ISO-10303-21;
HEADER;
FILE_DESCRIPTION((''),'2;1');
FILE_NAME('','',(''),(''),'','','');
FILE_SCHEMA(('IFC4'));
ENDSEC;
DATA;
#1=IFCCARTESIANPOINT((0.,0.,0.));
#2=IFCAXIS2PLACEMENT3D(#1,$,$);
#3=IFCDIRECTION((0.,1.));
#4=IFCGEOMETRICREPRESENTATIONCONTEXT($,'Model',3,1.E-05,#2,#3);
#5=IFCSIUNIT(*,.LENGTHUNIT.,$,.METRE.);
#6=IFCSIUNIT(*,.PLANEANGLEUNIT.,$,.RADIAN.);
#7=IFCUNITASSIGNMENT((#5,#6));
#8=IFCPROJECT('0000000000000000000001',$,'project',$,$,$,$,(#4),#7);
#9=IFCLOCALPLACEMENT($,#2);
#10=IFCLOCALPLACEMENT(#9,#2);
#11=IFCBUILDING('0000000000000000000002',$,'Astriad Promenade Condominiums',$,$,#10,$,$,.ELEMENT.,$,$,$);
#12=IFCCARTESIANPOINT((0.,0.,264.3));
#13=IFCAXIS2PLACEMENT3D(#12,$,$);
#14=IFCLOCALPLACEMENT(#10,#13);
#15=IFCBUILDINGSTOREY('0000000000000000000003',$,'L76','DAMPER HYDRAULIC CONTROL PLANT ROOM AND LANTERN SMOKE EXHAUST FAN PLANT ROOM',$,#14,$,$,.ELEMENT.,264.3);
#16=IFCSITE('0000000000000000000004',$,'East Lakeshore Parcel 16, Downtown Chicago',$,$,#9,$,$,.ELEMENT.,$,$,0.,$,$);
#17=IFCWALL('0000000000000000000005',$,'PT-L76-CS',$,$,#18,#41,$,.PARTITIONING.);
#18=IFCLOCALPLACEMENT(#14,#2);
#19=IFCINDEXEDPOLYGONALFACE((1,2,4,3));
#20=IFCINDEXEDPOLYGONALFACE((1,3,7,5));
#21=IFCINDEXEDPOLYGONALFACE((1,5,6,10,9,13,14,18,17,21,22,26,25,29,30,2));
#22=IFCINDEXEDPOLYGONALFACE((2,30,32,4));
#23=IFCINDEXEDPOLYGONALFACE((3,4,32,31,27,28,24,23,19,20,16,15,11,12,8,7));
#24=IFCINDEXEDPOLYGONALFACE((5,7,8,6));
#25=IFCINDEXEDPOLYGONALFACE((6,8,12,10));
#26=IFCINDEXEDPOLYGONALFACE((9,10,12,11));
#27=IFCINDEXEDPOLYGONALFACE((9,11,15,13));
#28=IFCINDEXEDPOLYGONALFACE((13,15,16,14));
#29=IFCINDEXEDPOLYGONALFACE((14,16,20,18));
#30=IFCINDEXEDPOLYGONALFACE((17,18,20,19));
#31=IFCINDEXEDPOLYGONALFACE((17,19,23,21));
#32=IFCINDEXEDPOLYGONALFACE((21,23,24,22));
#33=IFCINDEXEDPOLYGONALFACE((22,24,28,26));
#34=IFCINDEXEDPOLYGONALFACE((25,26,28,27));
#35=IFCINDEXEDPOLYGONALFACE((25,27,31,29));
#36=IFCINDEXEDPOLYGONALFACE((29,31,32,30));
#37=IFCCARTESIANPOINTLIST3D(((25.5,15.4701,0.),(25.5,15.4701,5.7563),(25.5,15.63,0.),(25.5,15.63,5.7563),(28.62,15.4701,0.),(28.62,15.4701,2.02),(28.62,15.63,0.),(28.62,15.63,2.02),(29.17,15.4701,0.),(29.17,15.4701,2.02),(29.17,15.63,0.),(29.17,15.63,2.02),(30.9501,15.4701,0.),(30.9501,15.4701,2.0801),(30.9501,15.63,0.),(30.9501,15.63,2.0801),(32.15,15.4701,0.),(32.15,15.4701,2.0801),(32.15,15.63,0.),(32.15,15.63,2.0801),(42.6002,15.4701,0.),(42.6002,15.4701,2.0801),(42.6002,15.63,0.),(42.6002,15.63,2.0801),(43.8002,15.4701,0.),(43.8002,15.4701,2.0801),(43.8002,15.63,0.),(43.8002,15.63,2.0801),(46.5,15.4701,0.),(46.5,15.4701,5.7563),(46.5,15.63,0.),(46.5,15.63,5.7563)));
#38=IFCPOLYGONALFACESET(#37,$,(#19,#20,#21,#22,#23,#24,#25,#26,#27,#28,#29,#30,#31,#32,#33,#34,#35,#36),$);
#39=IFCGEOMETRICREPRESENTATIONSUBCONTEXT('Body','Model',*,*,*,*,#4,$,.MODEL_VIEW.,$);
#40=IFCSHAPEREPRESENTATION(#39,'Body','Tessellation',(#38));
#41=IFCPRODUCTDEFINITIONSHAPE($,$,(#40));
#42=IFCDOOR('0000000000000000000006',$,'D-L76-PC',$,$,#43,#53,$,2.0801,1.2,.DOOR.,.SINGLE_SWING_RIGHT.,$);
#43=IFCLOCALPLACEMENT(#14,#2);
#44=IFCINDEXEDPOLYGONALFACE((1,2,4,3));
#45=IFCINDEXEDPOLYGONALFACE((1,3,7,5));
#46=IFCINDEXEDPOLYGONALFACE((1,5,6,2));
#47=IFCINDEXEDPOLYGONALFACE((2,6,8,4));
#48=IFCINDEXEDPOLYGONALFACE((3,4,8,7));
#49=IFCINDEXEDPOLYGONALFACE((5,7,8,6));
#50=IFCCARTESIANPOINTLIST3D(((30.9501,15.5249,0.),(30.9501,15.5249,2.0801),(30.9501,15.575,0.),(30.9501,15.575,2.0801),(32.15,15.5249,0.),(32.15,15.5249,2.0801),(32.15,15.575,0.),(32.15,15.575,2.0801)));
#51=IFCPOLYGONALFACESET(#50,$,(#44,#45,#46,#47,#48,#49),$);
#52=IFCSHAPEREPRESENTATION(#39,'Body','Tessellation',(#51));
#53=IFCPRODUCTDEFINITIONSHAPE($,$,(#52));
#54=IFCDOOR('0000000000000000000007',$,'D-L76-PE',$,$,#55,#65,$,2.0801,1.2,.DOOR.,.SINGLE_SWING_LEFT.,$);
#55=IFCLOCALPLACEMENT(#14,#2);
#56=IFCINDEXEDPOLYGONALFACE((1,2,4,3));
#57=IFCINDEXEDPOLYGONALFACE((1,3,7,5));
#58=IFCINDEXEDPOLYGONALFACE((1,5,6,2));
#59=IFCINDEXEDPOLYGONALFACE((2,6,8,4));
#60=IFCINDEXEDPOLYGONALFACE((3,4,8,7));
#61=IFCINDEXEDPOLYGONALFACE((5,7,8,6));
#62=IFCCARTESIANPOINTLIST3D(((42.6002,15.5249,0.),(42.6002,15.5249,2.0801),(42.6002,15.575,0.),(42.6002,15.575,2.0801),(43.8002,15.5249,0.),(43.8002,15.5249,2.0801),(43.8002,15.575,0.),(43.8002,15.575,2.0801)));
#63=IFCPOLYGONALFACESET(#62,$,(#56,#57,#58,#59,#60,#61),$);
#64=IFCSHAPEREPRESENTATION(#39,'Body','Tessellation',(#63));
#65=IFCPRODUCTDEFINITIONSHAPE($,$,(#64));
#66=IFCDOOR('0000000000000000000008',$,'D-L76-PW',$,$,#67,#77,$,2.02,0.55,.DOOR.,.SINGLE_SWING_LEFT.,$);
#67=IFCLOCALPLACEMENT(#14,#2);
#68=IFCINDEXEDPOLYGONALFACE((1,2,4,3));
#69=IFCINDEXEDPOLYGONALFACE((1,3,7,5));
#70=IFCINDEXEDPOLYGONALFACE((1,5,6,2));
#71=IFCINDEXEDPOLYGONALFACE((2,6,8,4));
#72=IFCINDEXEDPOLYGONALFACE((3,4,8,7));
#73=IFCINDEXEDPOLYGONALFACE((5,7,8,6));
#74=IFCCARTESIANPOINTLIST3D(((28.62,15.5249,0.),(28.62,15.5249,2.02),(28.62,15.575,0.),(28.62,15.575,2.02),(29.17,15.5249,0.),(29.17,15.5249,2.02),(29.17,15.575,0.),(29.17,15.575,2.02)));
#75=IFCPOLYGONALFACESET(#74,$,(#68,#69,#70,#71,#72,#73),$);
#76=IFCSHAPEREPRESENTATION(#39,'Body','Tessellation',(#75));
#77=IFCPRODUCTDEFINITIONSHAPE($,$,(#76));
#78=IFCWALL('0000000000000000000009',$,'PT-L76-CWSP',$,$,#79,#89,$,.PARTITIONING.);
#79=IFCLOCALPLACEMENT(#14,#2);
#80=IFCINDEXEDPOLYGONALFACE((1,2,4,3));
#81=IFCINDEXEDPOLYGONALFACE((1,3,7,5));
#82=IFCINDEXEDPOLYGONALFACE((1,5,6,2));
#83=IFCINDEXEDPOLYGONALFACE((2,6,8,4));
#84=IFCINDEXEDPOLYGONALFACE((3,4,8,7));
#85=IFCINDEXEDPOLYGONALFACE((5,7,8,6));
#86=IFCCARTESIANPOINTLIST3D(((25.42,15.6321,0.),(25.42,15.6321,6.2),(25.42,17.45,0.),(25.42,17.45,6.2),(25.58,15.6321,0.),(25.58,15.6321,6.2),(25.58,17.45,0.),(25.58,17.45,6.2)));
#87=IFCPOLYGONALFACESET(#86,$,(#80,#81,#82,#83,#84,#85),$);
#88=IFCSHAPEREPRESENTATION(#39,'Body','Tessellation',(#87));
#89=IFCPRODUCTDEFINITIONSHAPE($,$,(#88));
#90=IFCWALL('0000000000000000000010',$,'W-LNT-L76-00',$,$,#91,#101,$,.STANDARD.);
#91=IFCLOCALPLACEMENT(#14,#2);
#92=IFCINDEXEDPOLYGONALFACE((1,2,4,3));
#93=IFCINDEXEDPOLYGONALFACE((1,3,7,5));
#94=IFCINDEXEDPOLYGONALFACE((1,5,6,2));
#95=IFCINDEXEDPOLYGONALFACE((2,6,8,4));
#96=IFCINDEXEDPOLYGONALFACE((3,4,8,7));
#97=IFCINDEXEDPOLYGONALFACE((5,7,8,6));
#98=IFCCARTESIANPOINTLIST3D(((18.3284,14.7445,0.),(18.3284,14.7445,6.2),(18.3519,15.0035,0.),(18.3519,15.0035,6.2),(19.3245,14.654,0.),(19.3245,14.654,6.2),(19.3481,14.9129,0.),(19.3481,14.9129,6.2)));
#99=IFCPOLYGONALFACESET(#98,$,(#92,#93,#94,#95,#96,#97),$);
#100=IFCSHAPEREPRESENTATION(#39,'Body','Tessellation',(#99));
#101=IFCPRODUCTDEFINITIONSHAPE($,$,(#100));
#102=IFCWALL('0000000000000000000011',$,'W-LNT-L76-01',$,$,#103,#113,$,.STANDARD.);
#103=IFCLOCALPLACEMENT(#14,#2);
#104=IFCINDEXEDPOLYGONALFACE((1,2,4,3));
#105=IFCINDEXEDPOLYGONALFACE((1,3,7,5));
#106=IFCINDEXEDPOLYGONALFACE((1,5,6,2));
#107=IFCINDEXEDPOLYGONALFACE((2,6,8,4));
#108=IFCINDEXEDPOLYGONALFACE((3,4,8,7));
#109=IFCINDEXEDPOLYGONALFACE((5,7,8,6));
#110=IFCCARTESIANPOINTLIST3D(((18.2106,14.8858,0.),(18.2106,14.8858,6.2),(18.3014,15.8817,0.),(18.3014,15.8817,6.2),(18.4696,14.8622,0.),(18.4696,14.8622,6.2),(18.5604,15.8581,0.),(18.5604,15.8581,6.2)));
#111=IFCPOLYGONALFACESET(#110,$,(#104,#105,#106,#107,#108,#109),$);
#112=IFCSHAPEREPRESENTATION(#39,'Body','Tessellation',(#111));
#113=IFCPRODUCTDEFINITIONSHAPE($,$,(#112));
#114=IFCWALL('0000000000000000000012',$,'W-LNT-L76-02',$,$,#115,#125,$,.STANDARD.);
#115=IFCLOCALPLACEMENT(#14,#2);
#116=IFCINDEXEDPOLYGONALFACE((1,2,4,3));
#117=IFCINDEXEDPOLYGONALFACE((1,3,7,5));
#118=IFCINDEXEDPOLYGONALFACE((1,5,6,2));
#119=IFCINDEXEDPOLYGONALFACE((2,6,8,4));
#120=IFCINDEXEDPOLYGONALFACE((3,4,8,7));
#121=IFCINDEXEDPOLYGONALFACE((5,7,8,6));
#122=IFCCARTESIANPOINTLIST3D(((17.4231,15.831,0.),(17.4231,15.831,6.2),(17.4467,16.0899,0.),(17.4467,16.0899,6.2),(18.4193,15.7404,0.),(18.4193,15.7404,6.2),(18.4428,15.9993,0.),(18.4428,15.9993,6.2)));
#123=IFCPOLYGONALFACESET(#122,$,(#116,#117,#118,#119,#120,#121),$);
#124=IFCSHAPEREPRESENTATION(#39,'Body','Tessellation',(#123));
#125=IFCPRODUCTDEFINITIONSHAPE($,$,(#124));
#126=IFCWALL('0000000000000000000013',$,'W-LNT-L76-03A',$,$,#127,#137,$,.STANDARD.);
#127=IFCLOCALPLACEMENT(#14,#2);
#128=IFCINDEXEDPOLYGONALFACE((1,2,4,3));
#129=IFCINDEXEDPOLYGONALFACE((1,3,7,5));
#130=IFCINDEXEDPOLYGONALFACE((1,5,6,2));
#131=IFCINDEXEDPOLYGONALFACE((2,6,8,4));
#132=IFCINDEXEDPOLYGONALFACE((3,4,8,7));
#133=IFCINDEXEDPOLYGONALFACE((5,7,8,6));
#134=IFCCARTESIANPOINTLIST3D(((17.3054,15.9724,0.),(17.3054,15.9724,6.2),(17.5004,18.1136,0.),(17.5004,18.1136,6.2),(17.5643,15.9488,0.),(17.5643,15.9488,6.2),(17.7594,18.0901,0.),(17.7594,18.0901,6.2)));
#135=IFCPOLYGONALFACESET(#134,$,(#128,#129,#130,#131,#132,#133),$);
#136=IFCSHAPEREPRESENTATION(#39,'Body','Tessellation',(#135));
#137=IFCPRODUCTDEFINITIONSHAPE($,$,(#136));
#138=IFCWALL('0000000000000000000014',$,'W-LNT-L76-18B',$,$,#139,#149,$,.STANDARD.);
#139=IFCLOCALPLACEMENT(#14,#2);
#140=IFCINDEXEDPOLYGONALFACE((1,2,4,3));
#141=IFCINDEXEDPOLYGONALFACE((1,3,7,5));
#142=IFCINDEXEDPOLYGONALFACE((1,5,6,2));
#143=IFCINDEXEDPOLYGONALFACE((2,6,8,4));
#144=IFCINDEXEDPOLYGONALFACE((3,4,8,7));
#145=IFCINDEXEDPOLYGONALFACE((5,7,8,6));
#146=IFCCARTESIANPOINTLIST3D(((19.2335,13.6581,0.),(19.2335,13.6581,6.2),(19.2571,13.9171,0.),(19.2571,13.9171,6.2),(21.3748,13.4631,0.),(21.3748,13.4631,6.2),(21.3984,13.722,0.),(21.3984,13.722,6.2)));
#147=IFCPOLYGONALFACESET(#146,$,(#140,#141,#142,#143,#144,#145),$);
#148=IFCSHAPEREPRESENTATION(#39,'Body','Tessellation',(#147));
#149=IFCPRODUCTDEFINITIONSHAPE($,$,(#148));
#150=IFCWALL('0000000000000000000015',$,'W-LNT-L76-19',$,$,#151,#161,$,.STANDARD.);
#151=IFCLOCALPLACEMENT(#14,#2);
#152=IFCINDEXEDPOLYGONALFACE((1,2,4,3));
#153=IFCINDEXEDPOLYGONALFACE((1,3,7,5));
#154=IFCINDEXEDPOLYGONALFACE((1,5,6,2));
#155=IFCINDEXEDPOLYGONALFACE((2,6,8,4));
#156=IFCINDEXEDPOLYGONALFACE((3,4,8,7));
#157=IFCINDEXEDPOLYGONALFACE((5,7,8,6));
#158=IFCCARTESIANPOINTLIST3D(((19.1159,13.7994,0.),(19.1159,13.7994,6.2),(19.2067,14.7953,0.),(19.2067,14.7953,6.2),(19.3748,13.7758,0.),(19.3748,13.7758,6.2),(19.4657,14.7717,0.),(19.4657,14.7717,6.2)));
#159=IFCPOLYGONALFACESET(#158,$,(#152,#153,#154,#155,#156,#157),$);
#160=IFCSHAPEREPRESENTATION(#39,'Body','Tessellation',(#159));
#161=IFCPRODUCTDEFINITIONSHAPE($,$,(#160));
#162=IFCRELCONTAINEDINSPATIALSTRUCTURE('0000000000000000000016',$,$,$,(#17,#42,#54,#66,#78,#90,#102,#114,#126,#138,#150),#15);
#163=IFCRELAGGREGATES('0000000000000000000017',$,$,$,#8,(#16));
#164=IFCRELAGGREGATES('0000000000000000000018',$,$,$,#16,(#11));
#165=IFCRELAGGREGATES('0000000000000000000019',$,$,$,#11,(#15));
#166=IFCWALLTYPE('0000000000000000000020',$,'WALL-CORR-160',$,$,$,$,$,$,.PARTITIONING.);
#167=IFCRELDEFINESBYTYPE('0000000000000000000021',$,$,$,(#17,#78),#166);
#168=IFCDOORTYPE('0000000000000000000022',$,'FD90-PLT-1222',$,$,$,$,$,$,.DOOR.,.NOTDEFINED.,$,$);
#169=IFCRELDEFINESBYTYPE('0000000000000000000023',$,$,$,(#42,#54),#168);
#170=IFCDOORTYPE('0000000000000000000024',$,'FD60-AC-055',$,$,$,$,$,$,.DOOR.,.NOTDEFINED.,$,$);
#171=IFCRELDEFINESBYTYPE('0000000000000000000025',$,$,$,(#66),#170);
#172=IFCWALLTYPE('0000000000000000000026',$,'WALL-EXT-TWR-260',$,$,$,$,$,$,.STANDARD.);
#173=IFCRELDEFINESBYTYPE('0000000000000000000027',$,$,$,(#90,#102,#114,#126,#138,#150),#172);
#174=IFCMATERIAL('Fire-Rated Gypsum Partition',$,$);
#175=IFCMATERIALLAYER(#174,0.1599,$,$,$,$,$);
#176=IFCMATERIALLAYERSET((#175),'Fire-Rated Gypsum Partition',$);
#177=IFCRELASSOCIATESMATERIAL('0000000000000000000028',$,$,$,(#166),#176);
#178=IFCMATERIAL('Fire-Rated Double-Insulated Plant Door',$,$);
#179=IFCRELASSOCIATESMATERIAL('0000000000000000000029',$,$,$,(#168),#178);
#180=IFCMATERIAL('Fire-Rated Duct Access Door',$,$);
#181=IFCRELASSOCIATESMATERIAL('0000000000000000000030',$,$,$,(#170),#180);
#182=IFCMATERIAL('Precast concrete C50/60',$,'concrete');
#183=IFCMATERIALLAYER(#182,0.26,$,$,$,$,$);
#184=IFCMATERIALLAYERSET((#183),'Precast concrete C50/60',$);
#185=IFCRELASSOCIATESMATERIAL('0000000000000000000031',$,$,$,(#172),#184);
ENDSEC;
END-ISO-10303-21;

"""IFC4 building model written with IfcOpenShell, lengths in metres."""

from ifc_helpers import new_model, si_unit, direction, frame, frame_2d, origin, place, context, subcontext, project, spatial, rectangle, extrude, source, transform, mapped, material, layer, layer_set, type_object, type_shapes, element, fill, save


model = new_model("IFC4")

# Units and contexts
model_context = context("Model", 3, precision=1e-05, world=origin(), true_north=direction((0.0, 1.0)))
body_context = subcontext(model_context, "Body", "Model", "MODEL_VIEW")
ifc_project = project(units=[si_unit("LENGTHUNIT", "METRE"), si_unit("PLANEANGLEUNIT", "RADIAN")], contexts=[model_context])

# Site, building, storey
site_placement = place(None, origin())
site = spatial("IfcSite", under=ifc_project, at=site_placement, Name="East Lakeshore Parcel 16, Downtown Chicago", CompositionType="ELEMENT", RefElevation=0.0)
building_placement = place(site_placement, origin())
building = spatial("IfcBuilding", under=site, at=building_placement, Name="Astriad Promenade Condominiums", CompositionType="ELEMENT")
storey_placement = place(building_placement, frame((0.0, 0.0, 264.3)))
storey = spatial("IfcBuildingStorey", under=building, at=storey_placement, Name="L76", Description="DAMPER HYDRAULIC CONTROL PLANT ROOM AND LANTERN SMOKE EXHAUST FAN PLANT ROOM", CompositionType="ELEMENT", Elevation=264.3)

# Wall, openings, doors
ifc_material_1 = material(Name="Fire-Rated Gypsum Partition")
ifc_layer_1 = layer(ifc_material_1, 0.1599)
ifc_layer_set_1 = layer_set([ifc_layer_1], Name="Fire-Rated Gypsum Partition")
wall_type_1 = type_object("IfcWallType", Name="WALL-CORR-160", PredefinedType="PARTITIONING", material=ifc_layer_set_1)
wall_1_placement = place(storey_placement, frame((25.5, 15.55, 0.0), z_axis=(0.0, 0.0, 1.0), x_axis=(1.0, 0.0, 0.0)))
wall_1 = element("IfcWall", 1, at=wall_1_placement, inside=storey, type_object=wall_type_1, Name="PT-L76-CS", PredefinedType="PARTITIONING", context=body_context, shape_type="SweptSolid", body=[
    extrude(rectangle(XDim=21.0, YDim=0.1599, at=frame_2d((10.5, 0.0))), origin(), (0.0, 0.0, 1.0), 5.7563),
])
opening_1_placement = place(wall_1_placement, frame((3.1201, 0.0, 0.0)))
opening_1 = element("IfcOpeningElement", 2, at=opening_1_placement, cuts=wall_1, PredefinedType="OPENING", context=body_context, shape_type="SweptSolid", body=[
    extrude(rectangle(XDim=0.55, YDim=2.02, at=frame_2d((0.2749, 1.01))), frame((0.0, 0.0898, 0.0), z_axis=(0.0, -1.0, 0.0), x_axis=(1.0, 0.0, 0.0)), (0.0, 0.0, 1.0), 0.1799),
])
opening_2_placement = place(wall_1_placement, frame((5.45, 0.0, 0.0)))
opening_2 = element("IfcOpeningElement", 3, at=opening_2_placement, cuts=wall_1, PredefinedType="OPENING", context=body_context, shape_type="SweptSolid", body=[
    extrude(rectangle(XDim=1.2, YDim=2.0801, at=frame_2d((0.6001, 1.04))), frame((0.0, 0.0898, 0.0), z_axis=(0.0, -1.0, 0.0), x_axis=(1.0, 0.0, 0.0)), (0.0, 0.0, 1.0), 0.1799),
])
opening_3_placement = place(wall_1_placement, frame((17.1001, 0.0, 0.0)))
opening_3 = element("IfcOpeningElement", 4, at=opening_3_placement, cuts=wall_1, PredefinedType="OPENING", context=body_context, shape_type="SweptSolid", body=[
    extrude(rectangle(XDim=1.2, YDim=2.0801, at=frame_2d((0.6001, 1.04))), frame((0.0, 0.0898, 0.0), z_axis=(0.0, -1.0, 0.0), x_axis=(1.0, 0.0, 0.0)), (0.0, 0.0, 1.0), 0.1799),
])
ifc_material_2 = material(Name="Fire-Rated Double-Insulated Plant Door")
door_type_1 = type_object("IfcDoorType", Name="FD90-PLT-1222", OperationType="NOTDEFINED", PredefinedType="DOOR", material=ifc_material_2)
shared_shape_1 = source(origin(), body_context, "Body", "SweptSolid", [
    extrude(rectangle(XDim=1.2, YDim=2.0801, at=frame_2d((0.6001, 1.04))), frame((0.0, 0.0249, 0.0), z_axis=(0.0, -1.0, 0.0), x_axis=(1.0, 0.0, 0.0)), (0.0, 0.0, 1.0), 0.05),
])
type_shapes(door_type_1, [shared_shape_1])
door_1_placement = place(opening_2_placement, origin())
door_1 = element("IfcDoor", 5, at=door_1_placement, inside=storey, type_object=door_type_1, Name="D-L76-PC", OperationType="SINGLE_SWING_RIGHT", OverallHeight=2.0801, OverallWidth=1.2, PredefinedType="DOOR", context=body_context, shape_type="MappedRepresentation", body=[
    mapped(shared_shape_1, transform((0.0, 0.0, 0.0), scale=1.0)),
])
fill(opening_2, door_1)
door_2_placement = place(opening_3_placement, origin())
door_2 = element("IfcDoor", 6, at=door_2_placement, inside=storey, type_object=door_type_1, Name="D-L76-PE", OperationType="SINGLE_SWING_LEFT", OverallHeight=2.0801, OverallWidth=1.2, PredefinedType="DOOR", context=body_context, shape_type="MappedRepresentation", body=[
    mapped(shared_shape_1, transform((0.0, 0.0, 0.0), scale=1.0)),
])
fill(opening_3, door_2)
ifc_material_3 = material(Name="Fire-Rated Duct Access Door")
door_type_2 = type_object("IfcDoorType", Name="FD60-AC-055", OperationType="NOTDEFINED", PredefinedType="DOOR", material=ifc_material_3)
shared_shape_2 = source(origin(), body_context, "Body", "SweptSolid", [
    extrude(rectangle(XDim=0.55, YDim=2.02, at=frame_2d((0.2749, 1.01))), frame((0.0, 0.0249, 0.0), z_axis=(0.0, -1.0, 0.0), x_axis=(1.0, 0.0, 0.0)), (0.0, 0.0, 1.0), 0.05),
])
type_shapes(door_type_2, [shared_shape_2])
door_3_placement = place(opening_1_placement, origin())
door_3 = element("IfcDoor", 7, at=door_3_placement, inside=storey, type_object=door_type_2, Name="D-L76-PW", OperationType="SINGLE_SWING_LEFT", OverallHeight=2.02, OverallWidth=0.55, PredefinedType="DOOR", context=body_context, shape_type="MappedRepresentation", body=[
    mapped(shared_shape_2, transform((0.0, 0.0, 0.0), scale=1.0)),
])
fill(opening_1, door_3)

# Walls
wall_2_placement = place(storey_placement, frame((25.5, 15.6321, 0.0), z_axis=(0.0, 0.0, 1.0), x_axis=(0.0, 1.0, 0.0)))
element("IfcWall", 8, at=wall_2_placement, inside=storey, type_object=wall_type_1, Name="PT-L76-CWSP", PredefinedType="PARTITIONING", context=body_context, shape_type="SweptSolid", body=[
    extrude(rectangle(XDim=1.8179, YDim=0.1599, at=frame_2d((0.9089, 0.0))), origin(), (0.0, 0.0, 1.0), 6.2),
])
ifc_material_4 = material(Name="Precast concrete C50/60", Category="concrete")
ifc_layer_2 = layer(ifc_material_4, 0.26)
ifc_layer_set_2 = layer_set([ifc_layer_2], Name="Precast concrete C50/60")
wall_type_2 = type_object("IfcWallType", Name="WALL-EXT-TWR-260", PredefinedType="STANDARD", material=ifc_layer_set_2)
wall_3_placement = place(storey_placement, frame((19.3362, 14.7834, 0.0), z_axis=(0.0, 0.0, 1.0), x_axis=(-0.995891, 0.090558, 0.0)))
element("IfcWall", 9, at=wall_3_placement, inside=storey, type_object=wall_type_2, Name="W-LNT-L76-00", PredefinedType="STANDARD", context=body_context, shape_type="SweptSolid", body=[
    extrude(rectangle(XDim=1.0002, YDim=0.26, at=frame_2d((0.5, 0.0))), origin(), (0.0, 0.0, 1.0), 6.2),
])
wall_4_placement = place(storey_placement, frame((18.3401, 14.874, 0.0), z_axis=(0.0, 0.0, 1.0), x_axis=(0.090822, 0.995867, 0.0)))
element("IfcWall", 10, at=wall_4_placement, inside=storey, type_object=wall_type_2, Name="W-LNT-L76-01", PredefinedType="STANDARD", context=body_context, shape_type="SweptSolid", body=[
    extrude(rectangle(XDim=1.0, YDim=0.26, at=frame_2d((0.5, 0.0))), origin(), (0.0, 0.0, 1.0), 6.2),
])
wall_5_placement = place(storey_placement, frame((18.4309, 15.8699, 0.0), z_axis=(0.0, 0.0, 1.0), x_axis=(-0.995891, 0.090558, 0.0)))
element("IfcWall", 11, at=wall_5_placement, inside=storey, type_object=wall_type_2, Name="W-LNT-L76-02", PredefinedType="STANDARD", context=body_context, shape_type="SweptSolid", body=[
    extrude(rectangle(XDim=1.0002, YDim=0.26, at=frame_2d((0.5, 0.0))), origin(), (0.0, 0.0, 1.0), 6.2),
])
for number, where, z_axis, x_axis, name in (
    (12, (17.4348, 15.9604, 0.0), (0.0, 0.0, 1.0), (0.09072, 0.995876, 0.0), "W-LNT-L76-03A"),
    (13, (21.3867, 13.5925, 0.0), (0.0, 0.0, 1.0), (-0.995876, 0.09072, 0.0), "W-LNT-L76-18B"),
):
    element("IfcWall", number, at=place(storey_placement, frame(where, z_axis=z_axis, x_axis=x_axis)), inside=storey, type_object=wall_type_2, Name=name, PredefinedType="STANDARD", context=body_context, shape_type="SweptSolid", body=[
        extrude(rectangle(XDim=2.1501, YDim=0.26, at=frame_2d((1.0752, 0.0))), origin(), (0.0, 0.0, 1.0), 6.2),
    ])
wall_6_placement = place(storey_placement, frame((19.2454, 13.7876, 0.0), z_axis=(0.0, 0.0, 1.0), x_axis=(0.090822, 0.995867, 0.0)))
element("IfcWall", 14, at=wall_6_placement, inside=storey, type_object=wall_type_2, Name="W-LNT-L76-19", PredefinedType="STANDARD", context=body_context, shape_type="SweptSolid", body=[
    extrude(rectangle(XDim=1.0, YDim=0.26, at=frame_2d((0.5, 0.0))), origin(), (0.0, 0.0, 1.0), 6.2),
])

save(model, "model.ifc")
